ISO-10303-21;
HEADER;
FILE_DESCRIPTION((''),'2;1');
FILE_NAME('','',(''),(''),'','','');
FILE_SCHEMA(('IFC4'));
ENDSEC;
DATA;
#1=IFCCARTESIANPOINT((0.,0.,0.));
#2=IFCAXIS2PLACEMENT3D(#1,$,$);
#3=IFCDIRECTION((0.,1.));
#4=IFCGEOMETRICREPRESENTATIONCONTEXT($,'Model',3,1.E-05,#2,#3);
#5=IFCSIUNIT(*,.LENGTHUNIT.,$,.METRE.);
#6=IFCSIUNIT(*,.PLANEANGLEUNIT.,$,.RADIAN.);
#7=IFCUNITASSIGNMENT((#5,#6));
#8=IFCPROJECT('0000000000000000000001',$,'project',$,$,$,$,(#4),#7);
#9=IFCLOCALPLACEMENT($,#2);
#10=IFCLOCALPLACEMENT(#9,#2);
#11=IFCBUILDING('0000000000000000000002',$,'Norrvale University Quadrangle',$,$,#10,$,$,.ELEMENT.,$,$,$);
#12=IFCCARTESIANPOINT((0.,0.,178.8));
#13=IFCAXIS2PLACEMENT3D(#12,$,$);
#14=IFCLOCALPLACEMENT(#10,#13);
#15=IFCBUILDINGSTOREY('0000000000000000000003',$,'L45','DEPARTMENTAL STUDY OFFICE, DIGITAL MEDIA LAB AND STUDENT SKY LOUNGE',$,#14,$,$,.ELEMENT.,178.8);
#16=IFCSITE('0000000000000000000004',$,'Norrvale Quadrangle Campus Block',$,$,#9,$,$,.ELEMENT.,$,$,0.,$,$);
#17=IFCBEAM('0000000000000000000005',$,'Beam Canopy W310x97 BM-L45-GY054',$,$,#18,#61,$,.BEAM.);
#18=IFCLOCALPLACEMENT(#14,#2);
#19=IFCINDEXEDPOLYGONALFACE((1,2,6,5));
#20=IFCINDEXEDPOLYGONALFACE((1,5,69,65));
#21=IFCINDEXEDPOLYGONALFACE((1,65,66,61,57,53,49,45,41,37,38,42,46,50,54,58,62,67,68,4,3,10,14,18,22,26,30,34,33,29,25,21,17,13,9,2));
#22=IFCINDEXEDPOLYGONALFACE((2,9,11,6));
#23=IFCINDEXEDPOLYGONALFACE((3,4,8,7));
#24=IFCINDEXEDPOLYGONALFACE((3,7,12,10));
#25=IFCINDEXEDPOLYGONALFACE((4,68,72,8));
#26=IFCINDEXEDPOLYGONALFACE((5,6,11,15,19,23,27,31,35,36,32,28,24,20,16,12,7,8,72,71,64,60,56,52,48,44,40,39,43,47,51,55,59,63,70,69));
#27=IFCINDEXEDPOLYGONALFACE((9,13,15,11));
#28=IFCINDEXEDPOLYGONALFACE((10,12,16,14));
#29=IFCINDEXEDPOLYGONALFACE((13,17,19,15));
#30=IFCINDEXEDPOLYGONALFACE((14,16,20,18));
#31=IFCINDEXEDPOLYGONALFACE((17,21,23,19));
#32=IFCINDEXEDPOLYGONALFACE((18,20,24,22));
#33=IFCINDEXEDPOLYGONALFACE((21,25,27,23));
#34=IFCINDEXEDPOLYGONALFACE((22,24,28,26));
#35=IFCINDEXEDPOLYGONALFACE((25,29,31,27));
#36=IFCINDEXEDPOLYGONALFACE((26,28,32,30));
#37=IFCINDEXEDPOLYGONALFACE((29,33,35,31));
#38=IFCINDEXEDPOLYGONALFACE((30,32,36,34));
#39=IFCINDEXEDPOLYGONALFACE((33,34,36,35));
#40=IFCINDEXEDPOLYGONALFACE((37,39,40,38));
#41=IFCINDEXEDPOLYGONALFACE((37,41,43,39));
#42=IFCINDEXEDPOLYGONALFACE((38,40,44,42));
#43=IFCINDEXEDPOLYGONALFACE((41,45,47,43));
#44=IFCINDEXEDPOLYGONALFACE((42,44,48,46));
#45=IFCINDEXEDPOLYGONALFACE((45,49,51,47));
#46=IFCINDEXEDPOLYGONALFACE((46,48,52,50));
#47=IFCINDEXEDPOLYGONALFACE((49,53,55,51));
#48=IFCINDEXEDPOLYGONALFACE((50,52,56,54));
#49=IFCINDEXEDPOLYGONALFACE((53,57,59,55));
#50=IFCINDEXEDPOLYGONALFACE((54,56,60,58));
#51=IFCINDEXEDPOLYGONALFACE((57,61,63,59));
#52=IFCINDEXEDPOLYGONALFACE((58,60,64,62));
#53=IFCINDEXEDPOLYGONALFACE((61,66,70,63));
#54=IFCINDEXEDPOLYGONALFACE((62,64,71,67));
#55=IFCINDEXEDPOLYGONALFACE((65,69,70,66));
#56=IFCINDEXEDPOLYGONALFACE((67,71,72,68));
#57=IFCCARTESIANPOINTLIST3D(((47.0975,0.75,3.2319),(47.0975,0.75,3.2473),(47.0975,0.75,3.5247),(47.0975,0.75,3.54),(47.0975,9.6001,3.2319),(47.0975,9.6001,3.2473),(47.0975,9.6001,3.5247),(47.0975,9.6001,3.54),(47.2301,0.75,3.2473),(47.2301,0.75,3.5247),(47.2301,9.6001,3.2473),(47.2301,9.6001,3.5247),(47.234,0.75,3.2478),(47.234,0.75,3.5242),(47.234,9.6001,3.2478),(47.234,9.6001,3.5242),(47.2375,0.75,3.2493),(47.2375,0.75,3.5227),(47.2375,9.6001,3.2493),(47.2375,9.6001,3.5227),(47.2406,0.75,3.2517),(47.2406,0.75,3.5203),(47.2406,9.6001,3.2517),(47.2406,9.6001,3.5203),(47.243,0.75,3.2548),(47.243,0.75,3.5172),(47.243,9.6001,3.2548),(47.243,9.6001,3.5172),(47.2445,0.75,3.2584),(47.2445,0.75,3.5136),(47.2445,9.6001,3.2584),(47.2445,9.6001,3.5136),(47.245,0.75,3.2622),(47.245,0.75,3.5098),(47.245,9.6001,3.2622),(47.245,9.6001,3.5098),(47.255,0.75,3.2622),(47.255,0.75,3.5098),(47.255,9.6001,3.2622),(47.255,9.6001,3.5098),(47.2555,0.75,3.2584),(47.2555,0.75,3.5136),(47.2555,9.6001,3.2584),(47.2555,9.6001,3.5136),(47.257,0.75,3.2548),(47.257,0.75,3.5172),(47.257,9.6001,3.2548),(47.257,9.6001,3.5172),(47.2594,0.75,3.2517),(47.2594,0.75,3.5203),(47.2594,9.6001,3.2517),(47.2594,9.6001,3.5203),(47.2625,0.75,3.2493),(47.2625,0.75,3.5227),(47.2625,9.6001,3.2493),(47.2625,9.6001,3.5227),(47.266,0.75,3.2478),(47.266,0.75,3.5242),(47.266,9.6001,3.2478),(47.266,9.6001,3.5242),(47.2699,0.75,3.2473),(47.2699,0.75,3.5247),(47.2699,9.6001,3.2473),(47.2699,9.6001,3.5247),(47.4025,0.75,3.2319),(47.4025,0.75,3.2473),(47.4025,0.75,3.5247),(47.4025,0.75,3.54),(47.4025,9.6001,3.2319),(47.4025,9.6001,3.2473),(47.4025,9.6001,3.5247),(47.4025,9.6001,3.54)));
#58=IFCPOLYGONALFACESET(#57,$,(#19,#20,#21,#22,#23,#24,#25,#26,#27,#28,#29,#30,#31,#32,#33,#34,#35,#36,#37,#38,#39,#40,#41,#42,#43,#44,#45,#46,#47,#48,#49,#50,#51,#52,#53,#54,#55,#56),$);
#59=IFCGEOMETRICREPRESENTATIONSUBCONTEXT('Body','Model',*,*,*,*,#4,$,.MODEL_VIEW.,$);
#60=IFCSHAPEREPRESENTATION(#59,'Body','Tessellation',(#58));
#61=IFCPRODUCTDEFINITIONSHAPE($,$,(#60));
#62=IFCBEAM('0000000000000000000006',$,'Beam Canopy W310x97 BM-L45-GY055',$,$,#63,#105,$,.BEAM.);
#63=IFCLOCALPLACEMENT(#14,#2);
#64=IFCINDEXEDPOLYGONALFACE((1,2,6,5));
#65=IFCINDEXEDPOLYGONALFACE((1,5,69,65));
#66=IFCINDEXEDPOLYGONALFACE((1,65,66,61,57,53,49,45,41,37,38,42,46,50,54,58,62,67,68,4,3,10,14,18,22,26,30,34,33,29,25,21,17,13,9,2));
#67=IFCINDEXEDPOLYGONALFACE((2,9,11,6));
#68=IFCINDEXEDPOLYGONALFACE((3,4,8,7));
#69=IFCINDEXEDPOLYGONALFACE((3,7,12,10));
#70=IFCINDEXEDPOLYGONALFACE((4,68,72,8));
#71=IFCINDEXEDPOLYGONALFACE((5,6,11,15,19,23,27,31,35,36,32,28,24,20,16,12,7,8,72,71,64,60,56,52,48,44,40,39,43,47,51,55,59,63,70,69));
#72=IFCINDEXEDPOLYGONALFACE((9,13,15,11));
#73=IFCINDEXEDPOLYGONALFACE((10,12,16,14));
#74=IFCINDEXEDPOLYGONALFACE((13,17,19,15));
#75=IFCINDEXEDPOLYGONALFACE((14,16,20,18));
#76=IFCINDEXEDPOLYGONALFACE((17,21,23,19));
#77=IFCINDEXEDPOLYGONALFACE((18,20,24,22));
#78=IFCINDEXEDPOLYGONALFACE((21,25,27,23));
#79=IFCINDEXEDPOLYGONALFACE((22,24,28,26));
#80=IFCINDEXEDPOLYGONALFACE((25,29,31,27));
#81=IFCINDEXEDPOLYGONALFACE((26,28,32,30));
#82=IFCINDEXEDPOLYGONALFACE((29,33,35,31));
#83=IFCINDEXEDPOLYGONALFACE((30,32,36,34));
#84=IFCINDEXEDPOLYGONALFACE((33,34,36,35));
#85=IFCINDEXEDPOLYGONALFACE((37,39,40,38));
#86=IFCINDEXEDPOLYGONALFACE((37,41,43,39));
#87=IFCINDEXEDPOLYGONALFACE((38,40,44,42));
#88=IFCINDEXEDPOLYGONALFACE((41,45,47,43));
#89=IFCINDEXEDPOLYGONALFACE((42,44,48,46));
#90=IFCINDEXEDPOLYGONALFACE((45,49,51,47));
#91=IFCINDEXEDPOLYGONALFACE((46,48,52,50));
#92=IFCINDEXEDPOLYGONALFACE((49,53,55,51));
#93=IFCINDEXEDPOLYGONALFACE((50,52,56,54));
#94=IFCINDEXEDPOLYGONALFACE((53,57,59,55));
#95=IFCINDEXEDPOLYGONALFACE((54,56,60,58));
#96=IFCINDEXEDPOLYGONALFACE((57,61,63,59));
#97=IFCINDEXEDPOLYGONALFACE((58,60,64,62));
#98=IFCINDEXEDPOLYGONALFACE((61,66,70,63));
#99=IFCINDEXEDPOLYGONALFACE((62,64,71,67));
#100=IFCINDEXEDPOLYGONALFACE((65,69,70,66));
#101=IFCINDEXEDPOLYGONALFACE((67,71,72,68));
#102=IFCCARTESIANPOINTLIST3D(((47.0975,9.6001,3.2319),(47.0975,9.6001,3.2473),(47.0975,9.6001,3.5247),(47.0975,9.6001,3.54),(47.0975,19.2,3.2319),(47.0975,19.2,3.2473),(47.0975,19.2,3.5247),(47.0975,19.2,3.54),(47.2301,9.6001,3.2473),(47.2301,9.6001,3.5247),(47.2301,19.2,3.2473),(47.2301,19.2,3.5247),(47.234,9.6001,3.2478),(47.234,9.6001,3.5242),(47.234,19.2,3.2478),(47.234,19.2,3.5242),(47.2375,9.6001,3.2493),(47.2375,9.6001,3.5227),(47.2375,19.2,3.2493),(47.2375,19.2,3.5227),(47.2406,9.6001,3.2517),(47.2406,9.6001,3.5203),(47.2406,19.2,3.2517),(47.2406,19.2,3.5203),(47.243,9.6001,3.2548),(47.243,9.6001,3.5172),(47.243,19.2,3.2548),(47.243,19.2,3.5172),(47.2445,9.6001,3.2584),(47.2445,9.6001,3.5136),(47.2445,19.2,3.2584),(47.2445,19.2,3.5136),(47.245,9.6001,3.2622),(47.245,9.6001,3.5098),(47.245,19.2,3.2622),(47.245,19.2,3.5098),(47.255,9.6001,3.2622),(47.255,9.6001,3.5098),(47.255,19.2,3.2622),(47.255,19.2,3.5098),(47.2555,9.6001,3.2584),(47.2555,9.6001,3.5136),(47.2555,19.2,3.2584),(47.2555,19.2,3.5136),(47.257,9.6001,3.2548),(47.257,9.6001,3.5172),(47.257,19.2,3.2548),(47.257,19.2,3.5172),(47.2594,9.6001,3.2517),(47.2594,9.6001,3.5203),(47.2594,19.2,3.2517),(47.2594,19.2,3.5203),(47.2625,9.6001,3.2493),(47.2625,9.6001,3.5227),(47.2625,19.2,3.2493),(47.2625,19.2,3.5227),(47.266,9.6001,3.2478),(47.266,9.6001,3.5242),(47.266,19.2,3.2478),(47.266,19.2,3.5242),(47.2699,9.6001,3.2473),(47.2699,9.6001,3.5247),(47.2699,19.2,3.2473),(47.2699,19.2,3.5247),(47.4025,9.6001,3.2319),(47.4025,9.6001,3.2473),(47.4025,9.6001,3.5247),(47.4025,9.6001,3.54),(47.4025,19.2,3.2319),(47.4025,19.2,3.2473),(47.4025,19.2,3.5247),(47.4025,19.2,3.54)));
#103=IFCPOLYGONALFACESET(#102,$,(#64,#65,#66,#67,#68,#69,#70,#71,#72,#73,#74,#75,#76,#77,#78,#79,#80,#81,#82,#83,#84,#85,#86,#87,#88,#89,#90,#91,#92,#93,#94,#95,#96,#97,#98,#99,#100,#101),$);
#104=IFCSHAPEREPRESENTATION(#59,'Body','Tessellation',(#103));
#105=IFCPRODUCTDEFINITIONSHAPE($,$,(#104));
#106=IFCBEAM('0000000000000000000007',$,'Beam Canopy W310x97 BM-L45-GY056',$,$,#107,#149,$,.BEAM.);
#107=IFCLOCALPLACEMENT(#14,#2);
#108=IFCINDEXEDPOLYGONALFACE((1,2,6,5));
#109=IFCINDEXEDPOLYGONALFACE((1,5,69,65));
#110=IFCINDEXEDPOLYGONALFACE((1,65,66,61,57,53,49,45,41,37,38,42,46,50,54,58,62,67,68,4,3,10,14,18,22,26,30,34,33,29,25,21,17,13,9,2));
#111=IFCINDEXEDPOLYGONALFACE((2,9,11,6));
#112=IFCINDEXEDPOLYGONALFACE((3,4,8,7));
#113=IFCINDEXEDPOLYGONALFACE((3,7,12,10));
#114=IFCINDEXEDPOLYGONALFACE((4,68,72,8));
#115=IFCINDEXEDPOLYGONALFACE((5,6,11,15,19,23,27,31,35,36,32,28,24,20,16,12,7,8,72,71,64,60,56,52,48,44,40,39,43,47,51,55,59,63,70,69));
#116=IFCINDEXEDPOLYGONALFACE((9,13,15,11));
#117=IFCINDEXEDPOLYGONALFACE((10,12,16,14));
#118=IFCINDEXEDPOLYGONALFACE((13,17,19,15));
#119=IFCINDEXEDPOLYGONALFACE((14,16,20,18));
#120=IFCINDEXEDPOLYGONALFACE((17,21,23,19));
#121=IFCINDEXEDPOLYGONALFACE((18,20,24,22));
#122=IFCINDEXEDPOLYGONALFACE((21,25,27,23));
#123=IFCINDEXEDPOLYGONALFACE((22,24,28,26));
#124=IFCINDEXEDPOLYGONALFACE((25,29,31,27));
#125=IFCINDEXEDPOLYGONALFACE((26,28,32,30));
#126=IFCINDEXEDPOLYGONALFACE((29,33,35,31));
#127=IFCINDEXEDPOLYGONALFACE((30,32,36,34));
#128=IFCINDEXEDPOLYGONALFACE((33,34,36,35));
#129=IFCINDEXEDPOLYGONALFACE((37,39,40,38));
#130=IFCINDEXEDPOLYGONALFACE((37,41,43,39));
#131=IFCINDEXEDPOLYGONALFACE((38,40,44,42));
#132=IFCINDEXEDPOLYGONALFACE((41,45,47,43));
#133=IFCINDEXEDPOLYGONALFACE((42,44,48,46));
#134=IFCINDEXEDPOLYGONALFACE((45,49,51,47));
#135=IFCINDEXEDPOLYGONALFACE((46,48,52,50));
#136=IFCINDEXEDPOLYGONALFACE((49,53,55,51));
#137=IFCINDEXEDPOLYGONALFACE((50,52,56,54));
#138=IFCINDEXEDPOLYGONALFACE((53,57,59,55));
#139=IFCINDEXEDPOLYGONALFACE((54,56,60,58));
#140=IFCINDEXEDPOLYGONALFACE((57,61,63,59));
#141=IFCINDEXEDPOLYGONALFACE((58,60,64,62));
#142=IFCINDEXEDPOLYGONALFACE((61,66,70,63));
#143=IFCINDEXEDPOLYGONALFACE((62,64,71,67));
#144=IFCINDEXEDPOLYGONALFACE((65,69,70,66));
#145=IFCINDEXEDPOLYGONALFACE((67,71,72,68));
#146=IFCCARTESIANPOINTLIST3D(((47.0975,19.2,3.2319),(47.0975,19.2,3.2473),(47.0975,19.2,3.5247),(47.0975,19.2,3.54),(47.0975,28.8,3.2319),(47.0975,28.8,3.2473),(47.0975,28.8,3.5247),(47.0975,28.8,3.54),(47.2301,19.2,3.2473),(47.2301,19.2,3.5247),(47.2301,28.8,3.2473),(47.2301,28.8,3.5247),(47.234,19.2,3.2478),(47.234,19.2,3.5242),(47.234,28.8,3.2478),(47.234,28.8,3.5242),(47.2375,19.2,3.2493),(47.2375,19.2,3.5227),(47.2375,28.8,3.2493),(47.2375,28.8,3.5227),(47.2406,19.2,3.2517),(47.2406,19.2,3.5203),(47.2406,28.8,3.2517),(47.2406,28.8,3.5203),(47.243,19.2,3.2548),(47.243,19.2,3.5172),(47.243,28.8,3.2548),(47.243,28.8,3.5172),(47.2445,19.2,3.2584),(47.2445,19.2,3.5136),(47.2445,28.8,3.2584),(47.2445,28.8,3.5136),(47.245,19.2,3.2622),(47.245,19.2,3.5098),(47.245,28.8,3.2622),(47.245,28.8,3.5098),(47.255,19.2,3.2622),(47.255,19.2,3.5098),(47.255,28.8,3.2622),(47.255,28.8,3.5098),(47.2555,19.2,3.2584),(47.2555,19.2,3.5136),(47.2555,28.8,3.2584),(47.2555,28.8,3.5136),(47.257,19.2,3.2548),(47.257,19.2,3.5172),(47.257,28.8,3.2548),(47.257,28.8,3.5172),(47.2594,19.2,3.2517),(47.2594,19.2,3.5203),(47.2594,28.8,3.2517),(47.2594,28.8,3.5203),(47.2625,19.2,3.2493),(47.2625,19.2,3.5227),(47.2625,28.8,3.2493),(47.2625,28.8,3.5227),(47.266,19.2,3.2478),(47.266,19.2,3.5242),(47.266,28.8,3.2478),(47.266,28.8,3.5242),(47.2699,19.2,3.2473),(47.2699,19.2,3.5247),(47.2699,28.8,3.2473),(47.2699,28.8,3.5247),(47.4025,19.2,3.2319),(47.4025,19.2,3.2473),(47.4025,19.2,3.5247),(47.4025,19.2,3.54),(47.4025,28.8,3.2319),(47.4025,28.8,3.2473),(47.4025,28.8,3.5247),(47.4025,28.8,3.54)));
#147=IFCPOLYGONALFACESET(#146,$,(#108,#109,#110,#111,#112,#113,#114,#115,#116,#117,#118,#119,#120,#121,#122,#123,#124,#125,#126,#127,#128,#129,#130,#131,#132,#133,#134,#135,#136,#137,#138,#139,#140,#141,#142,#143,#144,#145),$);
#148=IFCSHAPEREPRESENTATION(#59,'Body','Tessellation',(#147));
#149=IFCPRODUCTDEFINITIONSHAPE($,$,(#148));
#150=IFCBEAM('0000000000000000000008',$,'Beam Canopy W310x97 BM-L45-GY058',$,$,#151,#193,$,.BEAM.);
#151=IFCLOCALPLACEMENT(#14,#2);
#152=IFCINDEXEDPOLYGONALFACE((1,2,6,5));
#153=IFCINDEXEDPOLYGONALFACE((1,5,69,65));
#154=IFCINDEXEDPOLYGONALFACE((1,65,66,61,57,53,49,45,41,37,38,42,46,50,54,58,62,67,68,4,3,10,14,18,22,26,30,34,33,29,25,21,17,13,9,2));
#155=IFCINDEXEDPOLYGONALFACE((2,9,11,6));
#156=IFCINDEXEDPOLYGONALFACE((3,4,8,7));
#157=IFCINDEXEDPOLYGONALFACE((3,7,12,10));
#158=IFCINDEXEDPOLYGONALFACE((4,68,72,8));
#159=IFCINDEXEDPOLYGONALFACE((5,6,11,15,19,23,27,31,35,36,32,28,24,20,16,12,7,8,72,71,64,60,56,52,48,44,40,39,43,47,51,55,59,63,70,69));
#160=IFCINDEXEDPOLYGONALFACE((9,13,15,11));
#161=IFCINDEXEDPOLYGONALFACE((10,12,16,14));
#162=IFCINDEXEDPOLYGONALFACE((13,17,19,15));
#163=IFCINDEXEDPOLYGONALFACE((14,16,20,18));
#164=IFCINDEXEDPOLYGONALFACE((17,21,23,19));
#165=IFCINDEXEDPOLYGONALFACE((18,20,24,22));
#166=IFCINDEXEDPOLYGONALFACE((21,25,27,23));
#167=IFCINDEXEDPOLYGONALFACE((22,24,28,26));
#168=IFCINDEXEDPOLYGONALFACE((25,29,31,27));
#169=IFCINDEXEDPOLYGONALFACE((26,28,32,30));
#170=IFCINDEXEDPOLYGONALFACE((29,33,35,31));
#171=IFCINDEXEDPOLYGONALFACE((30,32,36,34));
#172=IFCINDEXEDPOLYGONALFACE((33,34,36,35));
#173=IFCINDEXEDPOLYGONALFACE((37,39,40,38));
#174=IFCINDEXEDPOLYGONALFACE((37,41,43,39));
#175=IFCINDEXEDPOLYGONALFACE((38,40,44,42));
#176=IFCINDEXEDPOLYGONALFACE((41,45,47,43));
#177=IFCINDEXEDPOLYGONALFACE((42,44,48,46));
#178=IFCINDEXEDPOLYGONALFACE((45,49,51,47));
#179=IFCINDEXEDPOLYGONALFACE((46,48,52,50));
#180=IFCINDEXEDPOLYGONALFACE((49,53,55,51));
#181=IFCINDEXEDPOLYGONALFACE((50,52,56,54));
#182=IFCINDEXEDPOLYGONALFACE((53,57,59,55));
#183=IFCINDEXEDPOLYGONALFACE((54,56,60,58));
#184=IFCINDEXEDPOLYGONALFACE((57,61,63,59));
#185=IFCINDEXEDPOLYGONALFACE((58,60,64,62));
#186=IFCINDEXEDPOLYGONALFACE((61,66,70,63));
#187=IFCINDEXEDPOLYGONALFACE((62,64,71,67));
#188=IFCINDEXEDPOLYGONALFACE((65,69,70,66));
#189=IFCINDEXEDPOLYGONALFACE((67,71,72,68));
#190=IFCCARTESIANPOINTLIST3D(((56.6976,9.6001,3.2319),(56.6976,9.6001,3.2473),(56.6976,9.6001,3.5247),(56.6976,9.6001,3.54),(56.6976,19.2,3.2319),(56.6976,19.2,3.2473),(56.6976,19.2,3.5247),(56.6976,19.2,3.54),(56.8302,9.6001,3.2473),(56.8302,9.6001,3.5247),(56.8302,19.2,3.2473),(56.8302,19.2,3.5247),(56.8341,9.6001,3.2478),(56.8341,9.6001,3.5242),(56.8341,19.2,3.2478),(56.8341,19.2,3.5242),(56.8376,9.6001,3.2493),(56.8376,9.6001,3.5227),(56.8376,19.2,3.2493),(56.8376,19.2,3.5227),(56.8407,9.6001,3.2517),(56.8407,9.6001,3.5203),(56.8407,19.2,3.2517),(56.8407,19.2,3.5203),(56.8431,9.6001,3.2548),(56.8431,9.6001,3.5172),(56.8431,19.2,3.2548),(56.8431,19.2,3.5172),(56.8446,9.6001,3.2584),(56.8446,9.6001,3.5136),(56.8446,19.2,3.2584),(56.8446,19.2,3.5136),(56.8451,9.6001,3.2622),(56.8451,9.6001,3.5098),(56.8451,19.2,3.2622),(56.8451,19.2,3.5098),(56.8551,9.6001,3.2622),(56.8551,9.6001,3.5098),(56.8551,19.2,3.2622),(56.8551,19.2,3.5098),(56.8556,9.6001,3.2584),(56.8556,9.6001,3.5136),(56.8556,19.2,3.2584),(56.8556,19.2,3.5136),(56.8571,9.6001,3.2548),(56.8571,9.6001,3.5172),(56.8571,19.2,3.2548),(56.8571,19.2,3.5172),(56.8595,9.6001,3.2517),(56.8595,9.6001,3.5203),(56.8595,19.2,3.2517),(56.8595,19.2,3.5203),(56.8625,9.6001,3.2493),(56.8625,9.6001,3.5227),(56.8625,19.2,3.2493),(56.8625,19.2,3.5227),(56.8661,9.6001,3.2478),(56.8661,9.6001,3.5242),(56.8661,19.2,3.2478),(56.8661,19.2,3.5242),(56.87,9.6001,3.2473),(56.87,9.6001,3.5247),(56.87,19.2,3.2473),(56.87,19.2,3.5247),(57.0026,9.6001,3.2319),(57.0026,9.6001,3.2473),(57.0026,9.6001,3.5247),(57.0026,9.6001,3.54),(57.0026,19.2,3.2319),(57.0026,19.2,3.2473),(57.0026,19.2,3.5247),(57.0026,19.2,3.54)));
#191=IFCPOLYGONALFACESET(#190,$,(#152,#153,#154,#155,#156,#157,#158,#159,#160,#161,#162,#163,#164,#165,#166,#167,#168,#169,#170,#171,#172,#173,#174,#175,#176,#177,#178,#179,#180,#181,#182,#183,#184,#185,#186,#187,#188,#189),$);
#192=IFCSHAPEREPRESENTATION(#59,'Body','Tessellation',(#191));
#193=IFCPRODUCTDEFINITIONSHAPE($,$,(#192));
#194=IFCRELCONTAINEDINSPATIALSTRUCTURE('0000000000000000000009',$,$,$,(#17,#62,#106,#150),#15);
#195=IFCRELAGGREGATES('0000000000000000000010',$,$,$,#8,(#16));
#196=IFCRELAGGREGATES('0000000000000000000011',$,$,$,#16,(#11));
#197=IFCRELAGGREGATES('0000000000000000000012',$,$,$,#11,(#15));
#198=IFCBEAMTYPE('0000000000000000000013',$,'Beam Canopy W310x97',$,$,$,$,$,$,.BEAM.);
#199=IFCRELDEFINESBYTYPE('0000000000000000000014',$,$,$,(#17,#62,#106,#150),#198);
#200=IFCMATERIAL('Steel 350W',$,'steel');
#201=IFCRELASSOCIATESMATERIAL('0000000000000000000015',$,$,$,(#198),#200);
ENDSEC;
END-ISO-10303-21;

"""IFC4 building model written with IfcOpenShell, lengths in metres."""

from ifc_helpers import new_model, si_unit, direction, frame, origin, origin_2d, place, context, subcontext, project, spatial, i_section, extrude, material, material_profile, profile_set, type_object, element, save


model = new_model("IFC4")

# Units and contexts
model_context = context("Model", 3, precision=1e-05, world=origin(), true_north=direction((0.0, 1.0)))
body_context = subcontext(model_context, "Body", "Model", "MODEL_VIEW")
ifc_project = project(units=[si_unit("LENGTHUNIT", "METRE"), si_unit("PLANEANGLEUNIT", "RADIAN")], contexts=[model_context])

# Site, building, storey
site_placement = place(None, origin())
site = spatial("IfcSite", under=ifc_project, at=site_placement, Name="Norrvale Quadrangle Campus Block", CompositionType="ELEMENT", RefElevation=0.0)
building_placement = place(site_placement, origin())
building = spatial("IfcBuilding", under=site, at=building_placement, Name="Norrvale University Quadrangle", CompositionType="ELEMENT")
storey_placement = place(building_placement, frame((0.0, 0.0, 178.8)))
storey = spatial("IfcBuildingStorey", under=building, at=storey_placement, Name="L45", Description="DEPARTMENTAL STUDY OFFICE, DIGITAL MEDIA LAB AND STUDENT SKY LOUNGE", CompositionType="ELEMENT", Elevation=178.8)

# Beams
ifc_material_1 = material(Name="Steel 350W", Category="steel")
ifc_material_profile_1 = material_profile(ifc_material_1, i_section(OverallWidth=0.3049, OverallDepth=0.3081, WebThickness=0.01, FlangeThickness=0.0154, FilletRadius=0.0149, at=origin_2d()), Name="Steel 350W")
ifc_profile_set_1 = profile_set([ifc_material_profile_1], Name="Steel 350W")
beam_type_1 = type_object("IfcBeamType", Name="Beam Canopy W310x97", PredefinedType="BEAM", material=ifc_profile_set_1)
beam_1_placement = place(storey_placement, frame((47.25, 0.75, 3.386), z_axis=(0.0, 1.0, 0.0), x_axis=(-1.0, 0.0, 0.0)))
element("IfcBeam", 1, at=beam_1_placement, inside=storey, type_object=beam_type_1, Name="Beam Canopy W310x97 BM-L45-GY054", PredefinedType="BEAM", context=body_context, shape_type="SweptSolid", body=[
    extrude(i_section(OverallWidth=0.3049, OverallDepth=0.3081, WebThickness=0.01, FlangeThickness=0.0154, FilletRadius=0.0149, at=origin_2d()), origin(), (0.0, 0.0, 1.0), 8.8501),
])
beam_2_placement = place(storey_placement, frame((47.25, 9.6001, 3.386), z_axis=(0.0, 1.0, 0.0), x_axis=(-1.0, 0.0, 0.0)))
element("IfcBeam", 2, at=beam_2_placement, inside=storey, type_object=beam_type_1, Name="Beam Canopy W310x97 BM-L45-GY055", PredefinedType="BEAM", context=body_context, shape_type="SweptSolid", body=[
    extrude(i_section(OverallWidth=0.3049, OverallDepth=0.3081, WebThickness=0.01, FlangeThickness=0.0154, FilletRadius=0.0149, at=origin_2d()), origin(), (0.0, 0.0, 1.0), 9.5999),
])
beam_3_placement = place(storey_placement, frame((47.25, 19.2, 3.386), z_axis=(0.0, 1.0, 0.0), x_axis=(-1.0, 0.0, 0.0)))
element("IfcBeam", 3, at=beam_3_placement, inside=storey, type_object=beam_type_1, Name="Beam Canopy W310x97 BM-L45-GY056", PredefinedType="BEAM", context=body_context, shape_type="SweptSolid", body=[
    extrude(i_section(OverallWidth=0.3049, OverallDepth=0.3081, WebThickness=0.01, FlangeThickness=0.0154, FilletRadius=0.0149, at=origin_2d()), origin(), (0.0, 0.0, 1.0), 9.6001),
])
beam_4_placement = place(storey_placement, frame((56.8501, 9.6001, 3.386), z_axis=(0.0, 1.0, 0.0), x_axis=(-1.0, 0.0, 0.0)))
element("IfcBeam", 4, at=beam_4_placement, inside=storey, type_object=beam_type_1, Name="Beam Canopy W310x97 BM-L45-GY058", PredefinedType="BEAM", context=body_context, shape_type="SweptSolid", body=[
    extrude(i_section(OverallWidth=0.3049, OverallDepth=0.3081, WebThickness=0.01, FlangeThickness=0.0154, FilletRadius=0.0149, at=origin_2d()), origin(), (0.0, 0.0, 1.0), 9.5999),
])

save(model, "model.ifc")
